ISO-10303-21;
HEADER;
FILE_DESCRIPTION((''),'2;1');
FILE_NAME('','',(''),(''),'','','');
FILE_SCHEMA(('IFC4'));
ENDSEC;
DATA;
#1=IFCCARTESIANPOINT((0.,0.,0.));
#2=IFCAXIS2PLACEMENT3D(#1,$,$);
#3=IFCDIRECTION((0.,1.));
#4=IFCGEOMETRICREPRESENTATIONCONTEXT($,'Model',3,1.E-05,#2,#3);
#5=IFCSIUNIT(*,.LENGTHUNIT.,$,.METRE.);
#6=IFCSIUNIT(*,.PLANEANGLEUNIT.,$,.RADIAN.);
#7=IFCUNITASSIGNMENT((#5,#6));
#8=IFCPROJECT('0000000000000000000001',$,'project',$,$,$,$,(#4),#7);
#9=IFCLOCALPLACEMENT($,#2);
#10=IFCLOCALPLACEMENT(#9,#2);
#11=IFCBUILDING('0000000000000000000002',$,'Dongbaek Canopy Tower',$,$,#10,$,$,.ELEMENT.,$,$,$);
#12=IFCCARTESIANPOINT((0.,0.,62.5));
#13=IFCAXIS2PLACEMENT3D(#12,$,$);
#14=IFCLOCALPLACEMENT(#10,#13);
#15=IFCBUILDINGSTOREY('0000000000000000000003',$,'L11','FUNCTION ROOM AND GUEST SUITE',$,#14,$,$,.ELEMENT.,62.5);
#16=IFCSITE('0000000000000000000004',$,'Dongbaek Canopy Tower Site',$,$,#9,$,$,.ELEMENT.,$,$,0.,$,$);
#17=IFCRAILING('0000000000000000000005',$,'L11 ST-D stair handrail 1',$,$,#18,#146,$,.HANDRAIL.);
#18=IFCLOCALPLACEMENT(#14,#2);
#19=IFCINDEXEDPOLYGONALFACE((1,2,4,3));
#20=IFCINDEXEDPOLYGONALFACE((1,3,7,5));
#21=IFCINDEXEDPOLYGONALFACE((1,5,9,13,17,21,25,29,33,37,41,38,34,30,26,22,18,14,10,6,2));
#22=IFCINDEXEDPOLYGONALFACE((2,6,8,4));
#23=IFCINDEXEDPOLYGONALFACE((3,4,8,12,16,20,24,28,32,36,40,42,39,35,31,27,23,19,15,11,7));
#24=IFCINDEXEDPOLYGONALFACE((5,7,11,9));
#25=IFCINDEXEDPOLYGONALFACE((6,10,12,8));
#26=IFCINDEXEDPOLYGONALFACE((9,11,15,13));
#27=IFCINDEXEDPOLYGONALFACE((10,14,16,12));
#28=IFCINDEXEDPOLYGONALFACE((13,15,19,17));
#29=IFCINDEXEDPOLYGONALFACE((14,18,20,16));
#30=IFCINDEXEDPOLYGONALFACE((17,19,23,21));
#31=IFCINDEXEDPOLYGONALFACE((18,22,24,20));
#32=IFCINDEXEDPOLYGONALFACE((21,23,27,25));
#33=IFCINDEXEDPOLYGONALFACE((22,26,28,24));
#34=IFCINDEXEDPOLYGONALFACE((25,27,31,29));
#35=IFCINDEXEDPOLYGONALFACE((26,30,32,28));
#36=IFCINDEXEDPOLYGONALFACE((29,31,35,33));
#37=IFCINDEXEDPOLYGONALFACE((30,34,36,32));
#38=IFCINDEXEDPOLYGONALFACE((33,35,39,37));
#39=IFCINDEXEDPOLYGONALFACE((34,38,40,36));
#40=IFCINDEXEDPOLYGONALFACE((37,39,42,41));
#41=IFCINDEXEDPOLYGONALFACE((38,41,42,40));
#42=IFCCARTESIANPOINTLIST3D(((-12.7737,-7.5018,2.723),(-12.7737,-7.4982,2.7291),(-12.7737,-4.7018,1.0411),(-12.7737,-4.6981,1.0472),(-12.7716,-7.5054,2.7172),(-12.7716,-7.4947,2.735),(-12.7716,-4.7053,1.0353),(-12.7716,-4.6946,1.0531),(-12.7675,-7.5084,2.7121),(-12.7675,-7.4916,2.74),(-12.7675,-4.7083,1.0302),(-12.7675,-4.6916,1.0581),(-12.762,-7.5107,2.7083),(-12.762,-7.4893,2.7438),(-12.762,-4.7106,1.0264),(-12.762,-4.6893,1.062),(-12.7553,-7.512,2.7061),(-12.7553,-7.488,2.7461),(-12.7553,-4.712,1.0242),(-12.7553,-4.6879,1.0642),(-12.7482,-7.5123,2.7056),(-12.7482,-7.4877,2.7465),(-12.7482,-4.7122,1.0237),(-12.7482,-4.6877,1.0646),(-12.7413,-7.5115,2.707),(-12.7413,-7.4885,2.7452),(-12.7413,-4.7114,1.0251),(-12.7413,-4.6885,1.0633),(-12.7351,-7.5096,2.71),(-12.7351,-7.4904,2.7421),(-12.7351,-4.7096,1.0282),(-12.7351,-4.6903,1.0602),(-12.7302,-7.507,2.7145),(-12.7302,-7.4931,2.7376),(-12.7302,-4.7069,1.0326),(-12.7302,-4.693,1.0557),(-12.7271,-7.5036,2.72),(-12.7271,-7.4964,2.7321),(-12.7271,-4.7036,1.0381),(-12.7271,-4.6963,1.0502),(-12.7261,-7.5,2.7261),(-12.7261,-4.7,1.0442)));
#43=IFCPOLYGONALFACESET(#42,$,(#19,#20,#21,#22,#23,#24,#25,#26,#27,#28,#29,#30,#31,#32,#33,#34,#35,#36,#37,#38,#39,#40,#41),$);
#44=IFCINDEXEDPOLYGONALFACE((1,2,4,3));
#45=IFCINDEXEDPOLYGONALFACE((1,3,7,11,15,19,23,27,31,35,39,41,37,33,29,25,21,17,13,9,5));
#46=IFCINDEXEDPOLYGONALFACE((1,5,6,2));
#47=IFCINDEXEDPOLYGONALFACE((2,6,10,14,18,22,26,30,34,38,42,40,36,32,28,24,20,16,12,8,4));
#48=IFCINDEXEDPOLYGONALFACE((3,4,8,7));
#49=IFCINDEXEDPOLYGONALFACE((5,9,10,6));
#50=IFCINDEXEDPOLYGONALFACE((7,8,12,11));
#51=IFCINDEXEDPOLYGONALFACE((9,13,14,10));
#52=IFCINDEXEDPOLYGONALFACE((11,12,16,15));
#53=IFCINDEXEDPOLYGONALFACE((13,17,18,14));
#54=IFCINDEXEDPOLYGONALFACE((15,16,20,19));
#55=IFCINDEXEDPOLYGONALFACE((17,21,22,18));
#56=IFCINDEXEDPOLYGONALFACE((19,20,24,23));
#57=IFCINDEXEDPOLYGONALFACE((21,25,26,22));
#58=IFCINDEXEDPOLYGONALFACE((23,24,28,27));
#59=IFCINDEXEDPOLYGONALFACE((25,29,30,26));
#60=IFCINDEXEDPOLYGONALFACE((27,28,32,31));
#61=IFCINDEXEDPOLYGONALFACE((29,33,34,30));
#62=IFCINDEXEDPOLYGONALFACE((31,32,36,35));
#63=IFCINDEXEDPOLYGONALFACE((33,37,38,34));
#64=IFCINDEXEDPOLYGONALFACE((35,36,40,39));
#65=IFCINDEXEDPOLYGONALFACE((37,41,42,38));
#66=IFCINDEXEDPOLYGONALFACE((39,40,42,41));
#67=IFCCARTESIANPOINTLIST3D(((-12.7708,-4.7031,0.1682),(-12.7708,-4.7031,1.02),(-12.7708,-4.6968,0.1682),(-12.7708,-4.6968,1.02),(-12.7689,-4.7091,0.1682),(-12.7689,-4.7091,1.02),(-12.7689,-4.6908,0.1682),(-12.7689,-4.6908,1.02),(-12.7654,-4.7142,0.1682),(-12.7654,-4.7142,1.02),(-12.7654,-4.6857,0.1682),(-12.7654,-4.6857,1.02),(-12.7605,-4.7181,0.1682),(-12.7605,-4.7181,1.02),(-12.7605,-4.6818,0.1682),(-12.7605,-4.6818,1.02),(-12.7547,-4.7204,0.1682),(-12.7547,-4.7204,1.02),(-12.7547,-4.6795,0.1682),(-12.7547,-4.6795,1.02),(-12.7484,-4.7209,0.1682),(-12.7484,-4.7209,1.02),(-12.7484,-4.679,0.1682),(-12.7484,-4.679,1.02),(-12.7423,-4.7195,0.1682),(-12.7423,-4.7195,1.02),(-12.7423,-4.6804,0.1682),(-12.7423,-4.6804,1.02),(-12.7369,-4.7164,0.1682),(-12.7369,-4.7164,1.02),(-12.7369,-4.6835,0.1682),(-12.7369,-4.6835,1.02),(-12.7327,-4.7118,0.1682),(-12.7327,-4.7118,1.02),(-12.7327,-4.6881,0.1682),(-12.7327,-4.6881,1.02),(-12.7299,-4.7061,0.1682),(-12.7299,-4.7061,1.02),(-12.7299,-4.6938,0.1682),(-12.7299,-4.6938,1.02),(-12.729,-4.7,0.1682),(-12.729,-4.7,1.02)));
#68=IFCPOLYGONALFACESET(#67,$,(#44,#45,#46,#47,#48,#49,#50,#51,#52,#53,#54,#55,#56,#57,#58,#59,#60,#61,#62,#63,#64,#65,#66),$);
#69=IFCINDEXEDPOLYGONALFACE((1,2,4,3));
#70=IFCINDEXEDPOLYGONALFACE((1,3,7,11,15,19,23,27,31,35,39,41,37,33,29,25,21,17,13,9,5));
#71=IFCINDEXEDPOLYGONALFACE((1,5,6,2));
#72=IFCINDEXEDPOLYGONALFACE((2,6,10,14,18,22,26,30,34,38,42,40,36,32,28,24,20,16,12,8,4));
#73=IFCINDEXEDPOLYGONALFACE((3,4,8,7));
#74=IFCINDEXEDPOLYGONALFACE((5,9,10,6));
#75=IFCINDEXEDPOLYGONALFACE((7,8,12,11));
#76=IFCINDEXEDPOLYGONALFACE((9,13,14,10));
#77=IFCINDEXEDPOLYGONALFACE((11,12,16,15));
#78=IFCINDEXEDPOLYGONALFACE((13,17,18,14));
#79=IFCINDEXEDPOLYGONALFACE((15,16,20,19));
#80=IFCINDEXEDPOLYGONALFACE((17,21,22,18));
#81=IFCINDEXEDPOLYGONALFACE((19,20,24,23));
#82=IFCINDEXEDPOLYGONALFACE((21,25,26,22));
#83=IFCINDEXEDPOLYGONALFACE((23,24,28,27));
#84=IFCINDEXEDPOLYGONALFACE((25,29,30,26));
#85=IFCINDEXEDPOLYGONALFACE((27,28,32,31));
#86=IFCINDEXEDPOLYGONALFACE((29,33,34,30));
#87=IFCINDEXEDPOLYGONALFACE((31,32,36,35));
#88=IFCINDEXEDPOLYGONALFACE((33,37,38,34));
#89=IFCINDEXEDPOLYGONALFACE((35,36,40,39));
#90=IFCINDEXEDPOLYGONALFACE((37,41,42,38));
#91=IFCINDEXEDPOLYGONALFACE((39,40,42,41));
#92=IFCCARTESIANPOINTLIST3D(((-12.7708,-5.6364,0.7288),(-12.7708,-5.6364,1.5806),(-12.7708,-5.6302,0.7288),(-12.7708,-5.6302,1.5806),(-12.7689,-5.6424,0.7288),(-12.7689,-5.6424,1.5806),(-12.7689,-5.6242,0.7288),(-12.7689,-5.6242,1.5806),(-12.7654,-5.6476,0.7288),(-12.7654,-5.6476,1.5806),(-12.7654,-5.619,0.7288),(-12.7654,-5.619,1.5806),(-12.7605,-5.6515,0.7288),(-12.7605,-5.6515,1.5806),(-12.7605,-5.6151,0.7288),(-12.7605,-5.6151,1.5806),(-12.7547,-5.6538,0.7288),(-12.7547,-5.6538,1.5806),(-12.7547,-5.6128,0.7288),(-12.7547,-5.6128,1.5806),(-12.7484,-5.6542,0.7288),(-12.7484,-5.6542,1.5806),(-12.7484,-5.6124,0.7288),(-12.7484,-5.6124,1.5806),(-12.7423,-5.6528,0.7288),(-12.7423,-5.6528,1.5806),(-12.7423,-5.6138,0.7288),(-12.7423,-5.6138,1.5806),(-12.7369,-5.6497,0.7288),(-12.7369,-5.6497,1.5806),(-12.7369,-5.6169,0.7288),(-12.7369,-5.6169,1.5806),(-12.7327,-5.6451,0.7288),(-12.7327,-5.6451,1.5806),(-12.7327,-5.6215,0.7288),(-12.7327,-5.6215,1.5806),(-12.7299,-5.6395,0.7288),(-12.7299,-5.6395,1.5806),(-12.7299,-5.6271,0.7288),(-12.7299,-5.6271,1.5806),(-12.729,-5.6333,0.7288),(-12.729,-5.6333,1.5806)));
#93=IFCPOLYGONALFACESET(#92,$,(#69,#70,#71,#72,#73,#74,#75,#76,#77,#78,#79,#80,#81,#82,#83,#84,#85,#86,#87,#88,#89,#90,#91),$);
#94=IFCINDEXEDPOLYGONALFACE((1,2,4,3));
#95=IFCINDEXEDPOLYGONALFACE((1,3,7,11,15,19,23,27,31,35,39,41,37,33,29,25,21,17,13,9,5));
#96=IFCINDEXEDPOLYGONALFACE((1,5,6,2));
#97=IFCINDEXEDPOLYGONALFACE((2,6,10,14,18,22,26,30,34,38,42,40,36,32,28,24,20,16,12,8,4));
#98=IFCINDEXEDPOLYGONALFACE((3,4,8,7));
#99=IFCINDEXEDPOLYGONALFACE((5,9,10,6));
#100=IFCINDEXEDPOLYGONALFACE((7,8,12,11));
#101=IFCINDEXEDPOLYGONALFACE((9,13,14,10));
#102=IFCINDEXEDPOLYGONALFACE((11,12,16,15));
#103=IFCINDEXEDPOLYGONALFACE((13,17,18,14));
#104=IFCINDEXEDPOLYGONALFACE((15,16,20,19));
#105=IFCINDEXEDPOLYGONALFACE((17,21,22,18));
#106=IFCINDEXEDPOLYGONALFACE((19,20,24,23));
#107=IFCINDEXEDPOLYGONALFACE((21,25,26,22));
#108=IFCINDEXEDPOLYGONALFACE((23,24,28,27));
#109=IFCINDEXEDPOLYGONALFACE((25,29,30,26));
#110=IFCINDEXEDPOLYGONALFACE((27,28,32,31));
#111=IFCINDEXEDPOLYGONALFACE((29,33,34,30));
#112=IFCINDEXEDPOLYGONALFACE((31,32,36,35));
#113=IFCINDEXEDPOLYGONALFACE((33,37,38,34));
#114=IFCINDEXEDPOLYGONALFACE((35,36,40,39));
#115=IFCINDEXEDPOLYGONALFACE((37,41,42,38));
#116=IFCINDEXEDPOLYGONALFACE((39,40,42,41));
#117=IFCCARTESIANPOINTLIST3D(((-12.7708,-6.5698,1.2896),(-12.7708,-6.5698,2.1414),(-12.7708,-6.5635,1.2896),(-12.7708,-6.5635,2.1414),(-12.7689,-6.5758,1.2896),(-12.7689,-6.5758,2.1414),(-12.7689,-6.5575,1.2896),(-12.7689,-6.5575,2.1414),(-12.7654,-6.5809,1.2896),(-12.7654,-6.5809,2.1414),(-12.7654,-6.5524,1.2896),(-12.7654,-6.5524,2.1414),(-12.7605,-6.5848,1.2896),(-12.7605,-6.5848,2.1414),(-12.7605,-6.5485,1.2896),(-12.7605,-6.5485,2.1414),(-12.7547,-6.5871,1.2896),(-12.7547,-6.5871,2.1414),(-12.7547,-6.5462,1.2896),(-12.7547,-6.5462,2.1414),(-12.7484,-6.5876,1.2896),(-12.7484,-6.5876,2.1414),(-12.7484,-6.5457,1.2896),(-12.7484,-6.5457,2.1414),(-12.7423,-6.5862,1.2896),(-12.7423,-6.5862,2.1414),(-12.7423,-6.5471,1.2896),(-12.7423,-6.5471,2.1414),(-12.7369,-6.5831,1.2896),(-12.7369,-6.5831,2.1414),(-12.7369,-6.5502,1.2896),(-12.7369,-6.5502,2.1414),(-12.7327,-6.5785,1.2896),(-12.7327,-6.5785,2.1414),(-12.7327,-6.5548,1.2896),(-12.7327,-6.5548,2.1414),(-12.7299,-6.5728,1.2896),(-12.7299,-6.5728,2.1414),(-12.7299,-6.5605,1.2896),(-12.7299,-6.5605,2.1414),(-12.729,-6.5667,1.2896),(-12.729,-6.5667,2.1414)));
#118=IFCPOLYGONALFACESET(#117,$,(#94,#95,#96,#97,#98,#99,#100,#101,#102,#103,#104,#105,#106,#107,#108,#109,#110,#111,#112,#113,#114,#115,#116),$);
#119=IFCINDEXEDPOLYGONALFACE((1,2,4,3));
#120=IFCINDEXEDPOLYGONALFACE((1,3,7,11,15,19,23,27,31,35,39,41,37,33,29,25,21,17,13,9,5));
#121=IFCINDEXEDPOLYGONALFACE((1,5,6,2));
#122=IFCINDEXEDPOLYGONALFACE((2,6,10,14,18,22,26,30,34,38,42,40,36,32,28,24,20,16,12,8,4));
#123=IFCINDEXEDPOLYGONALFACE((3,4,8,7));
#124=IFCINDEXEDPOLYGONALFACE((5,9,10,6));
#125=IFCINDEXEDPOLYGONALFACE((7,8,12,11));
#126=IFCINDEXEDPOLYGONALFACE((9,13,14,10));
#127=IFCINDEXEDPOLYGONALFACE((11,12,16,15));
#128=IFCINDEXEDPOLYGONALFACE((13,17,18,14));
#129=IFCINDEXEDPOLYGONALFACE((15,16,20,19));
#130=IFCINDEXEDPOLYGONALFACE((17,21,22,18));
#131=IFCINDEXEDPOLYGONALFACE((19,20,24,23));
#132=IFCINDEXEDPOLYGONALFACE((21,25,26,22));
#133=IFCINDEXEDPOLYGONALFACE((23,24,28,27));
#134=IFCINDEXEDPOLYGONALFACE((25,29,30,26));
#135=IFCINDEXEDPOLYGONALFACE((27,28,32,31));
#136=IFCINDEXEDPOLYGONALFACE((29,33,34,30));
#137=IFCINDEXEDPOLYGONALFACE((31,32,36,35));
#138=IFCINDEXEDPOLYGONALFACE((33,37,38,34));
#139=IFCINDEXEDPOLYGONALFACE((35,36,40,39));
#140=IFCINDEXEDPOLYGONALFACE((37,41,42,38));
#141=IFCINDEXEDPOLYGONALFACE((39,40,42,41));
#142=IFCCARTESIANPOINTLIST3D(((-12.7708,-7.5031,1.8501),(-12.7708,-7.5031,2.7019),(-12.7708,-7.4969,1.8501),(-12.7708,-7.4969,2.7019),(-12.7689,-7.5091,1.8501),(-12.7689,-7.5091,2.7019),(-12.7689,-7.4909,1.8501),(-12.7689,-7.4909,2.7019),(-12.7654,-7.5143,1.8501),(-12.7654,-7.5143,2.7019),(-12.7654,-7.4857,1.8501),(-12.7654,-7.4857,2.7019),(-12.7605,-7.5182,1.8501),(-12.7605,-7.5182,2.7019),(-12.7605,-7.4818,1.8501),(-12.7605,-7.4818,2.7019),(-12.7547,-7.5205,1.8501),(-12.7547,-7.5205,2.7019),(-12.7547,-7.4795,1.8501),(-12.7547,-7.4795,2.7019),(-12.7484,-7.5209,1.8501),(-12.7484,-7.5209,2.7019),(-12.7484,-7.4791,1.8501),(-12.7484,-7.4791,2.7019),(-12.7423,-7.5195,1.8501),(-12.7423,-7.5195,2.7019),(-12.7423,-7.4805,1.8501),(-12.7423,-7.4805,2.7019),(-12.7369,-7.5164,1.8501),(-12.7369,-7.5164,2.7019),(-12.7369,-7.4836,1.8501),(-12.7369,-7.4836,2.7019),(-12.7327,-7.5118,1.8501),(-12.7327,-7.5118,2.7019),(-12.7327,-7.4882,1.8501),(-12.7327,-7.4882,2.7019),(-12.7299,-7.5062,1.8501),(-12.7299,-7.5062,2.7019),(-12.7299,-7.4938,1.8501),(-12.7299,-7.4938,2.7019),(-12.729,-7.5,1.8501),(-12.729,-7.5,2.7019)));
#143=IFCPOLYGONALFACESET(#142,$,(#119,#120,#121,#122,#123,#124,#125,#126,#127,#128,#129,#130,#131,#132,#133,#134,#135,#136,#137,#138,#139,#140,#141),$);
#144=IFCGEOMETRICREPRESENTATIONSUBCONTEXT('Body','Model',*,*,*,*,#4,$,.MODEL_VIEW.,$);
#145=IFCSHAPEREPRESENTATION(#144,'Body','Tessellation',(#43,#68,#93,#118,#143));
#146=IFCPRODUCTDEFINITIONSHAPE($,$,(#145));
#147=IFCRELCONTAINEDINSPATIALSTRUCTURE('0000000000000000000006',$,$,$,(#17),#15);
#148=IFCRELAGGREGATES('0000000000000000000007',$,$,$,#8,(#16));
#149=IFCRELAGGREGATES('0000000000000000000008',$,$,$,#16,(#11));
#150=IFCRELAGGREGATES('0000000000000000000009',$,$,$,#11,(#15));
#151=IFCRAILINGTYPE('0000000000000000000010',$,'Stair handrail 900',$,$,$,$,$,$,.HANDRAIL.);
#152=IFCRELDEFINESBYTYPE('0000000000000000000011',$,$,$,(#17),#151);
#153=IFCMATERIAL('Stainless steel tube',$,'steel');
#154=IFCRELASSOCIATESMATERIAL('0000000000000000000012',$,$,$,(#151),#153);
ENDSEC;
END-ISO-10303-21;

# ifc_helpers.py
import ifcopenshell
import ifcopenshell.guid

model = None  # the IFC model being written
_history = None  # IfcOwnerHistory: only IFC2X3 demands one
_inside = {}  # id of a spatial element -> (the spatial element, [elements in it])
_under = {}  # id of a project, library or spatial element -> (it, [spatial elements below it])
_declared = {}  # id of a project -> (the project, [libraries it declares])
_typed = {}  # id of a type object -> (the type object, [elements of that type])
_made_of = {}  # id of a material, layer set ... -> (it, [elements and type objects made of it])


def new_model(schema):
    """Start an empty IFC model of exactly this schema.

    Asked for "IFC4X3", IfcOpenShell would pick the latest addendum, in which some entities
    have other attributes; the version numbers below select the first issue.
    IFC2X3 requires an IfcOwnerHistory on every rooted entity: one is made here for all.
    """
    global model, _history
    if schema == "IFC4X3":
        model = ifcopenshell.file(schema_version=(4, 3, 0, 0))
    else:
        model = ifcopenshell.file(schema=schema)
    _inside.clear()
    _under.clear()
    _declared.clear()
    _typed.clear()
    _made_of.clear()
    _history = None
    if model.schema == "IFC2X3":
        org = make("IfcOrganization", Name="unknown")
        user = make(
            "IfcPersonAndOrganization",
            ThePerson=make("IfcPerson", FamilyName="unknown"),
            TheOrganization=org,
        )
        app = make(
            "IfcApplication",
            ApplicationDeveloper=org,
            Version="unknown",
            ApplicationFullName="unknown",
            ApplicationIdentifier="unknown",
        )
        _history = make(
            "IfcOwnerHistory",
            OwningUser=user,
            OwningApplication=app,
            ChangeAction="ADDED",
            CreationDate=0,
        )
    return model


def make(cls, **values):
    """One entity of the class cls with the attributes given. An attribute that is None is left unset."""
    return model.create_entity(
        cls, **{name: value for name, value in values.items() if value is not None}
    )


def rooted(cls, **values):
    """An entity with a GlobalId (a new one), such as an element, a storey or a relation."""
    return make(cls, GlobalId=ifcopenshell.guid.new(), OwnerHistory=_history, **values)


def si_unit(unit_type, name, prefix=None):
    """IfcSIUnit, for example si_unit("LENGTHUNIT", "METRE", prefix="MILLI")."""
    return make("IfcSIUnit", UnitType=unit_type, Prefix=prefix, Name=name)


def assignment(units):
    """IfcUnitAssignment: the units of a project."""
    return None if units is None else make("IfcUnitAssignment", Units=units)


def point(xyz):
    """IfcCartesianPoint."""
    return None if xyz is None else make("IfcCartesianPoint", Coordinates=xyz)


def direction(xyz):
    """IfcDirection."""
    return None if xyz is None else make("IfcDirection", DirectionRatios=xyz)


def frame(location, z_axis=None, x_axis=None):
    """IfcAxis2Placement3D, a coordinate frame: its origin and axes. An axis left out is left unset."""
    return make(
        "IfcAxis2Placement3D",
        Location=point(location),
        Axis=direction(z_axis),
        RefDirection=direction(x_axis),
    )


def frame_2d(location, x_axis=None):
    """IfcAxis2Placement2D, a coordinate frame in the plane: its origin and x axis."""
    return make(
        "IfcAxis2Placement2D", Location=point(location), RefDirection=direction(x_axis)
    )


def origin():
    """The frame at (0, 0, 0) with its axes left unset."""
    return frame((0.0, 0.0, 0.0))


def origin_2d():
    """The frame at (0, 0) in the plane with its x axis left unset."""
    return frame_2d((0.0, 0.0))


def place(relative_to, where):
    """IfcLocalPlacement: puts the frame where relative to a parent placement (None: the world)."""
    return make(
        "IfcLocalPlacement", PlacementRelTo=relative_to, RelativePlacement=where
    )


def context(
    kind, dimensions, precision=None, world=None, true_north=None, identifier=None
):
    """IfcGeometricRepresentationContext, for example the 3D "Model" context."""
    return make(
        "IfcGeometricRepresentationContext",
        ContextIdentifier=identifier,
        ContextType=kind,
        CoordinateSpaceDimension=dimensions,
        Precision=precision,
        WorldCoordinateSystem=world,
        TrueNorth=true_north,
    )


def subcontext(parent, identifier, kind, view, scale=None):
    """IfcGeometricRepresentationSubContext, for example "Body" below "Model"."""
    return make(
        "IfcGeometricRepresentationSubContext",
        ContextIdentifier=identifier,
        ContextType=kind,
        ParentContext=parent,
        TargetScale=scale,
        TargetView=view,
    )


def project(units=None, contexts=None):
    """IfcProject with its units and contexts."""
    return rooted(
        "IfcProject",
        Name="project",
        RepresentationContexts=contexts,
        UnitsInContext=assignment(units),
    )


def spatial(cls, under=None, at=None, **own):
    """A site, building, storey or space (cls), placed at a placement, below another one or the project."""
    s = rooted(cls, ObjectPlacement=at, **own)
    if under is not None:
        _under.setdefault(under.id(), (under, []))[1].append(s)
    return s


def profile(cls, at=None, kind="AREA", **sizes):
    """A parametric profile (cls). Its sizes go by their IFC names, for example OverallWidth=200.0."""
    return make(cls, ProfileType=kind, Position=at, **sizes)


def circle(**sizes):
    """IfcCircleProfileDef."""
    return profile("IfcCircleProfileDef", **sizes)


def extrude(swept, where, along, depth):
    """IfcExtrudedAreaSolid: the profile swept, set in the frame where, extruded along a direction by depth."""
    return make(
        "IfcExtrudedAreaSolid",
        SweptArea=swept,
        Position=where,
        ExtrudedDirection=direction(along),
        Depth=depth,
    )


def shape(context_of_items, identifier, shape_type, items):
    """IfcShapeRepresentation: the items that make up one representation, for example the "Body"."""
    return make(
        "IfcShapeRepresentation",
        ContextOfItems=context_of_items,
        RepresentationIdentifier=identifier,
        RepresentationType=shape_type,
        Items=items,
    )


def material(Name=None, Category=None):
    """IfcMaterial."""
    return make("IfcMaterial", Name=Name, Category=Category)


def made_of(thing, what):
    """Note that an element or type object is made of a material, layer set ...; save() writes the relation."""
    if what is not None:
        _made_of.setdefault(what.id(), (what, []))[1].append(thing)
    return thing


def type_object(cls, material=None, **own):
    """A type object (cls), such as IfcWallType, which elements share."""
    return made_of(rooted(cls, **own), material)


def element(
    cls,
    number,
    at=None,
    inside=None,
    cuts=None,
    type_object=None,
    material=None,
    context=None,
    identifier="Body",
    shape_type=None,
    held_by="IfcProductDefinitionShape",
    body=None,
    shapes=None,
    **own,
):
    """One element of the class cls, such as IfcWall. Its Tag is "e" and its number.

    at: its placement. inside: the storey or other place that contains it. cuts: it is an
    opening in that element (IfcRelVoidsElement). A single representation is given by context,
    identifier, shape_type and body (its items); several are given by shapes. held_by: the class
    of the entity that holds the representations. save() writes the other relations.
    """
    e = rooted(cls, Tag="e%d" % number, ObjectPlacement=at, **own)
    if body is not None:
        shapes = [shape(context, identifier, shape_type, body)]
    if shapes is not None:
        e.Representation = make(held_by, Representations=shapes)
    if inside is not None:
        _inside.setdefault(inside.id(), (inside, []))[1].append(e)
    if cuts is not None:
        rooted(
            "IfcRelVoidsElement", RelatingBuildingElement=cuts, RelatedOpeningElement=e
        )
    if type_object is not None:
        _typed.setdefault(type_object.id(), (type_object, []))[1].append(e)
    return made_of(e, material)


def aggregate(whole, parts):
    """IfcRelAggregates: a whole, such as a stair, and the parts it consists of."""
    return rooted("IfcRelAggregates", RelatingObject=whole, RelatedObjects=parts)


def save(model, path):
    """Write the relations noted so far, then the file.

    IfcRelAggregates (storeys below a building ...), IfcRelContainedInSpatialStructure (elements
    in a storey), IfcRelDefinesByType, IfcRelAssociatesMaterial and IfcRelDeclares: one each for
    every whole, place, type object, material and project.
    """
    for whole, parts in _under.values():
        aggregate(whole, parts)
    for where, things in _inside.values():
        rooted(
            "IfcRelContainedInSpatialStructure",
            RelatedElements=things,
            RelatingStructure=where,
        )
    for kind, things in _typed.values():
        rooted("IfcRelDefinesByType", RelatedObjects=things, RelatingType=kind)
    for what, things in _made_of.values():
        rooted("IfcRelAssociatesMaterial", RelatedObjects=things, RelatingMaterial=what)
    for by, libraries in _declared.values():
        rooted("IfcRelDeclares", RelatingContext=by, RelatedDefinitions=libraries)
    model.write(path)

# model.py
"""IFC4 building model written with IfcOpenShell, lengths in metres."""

from ifc_helpers import new_model, si_unit, direction, frame, origin, origin_2d, place, context, subcontext, project, spatial, circle, extrude, material, type_object, element, save


model = new_model("IFC4")

# Units and contexts
model_context = context("Model", 3, precision=1e-05, world=origin(), true_north=direction((0.0, 1.0)))
body_context = subcontext(model_context, "Body", "Model", "MODEL_VIEW")
ifc_project = project(units=[si_unit("LENGTHUNIT", "METRE"), si_unit("PLANEANGLEUNIT", "RADIAN")], contexts=[model_context])

# Site, building, storey
site_placement = place(None, origin())
site = spatial("IfcSite", under=ifc_project, at=site_placement, Name="Dongbaek Canopy Tower Site", CompositionType="ELEMENT", RefElevation=0.0)
building_placement = place(site_placement, origin())
building = spatial("IfcBuilding", under=site, at=building_placement, Name="Dongbaek Canopy Tower", CompositionType="ELEMENT")
storey_placement = place(building_placement, frame((0.0, 0.0, 62.5)))
storey = spatial("IfcBuildingStorey", under=building, at=storey_placement, Name="L11", Description="FUNCTION ROOM AND GUEST SUITE", CompositionType="ELEMENT", Elevation=62.5)

# Railing
ifc_material_1 = material(Name="Stainless steel tube", Category="steel")
railing_type_1 = type_object("IfcRailingType", Name="Stair handrail 900", PredefinedType="HANDRAIL", material=ifc_material_1)
railing_1_placement = place(storey_placement, frame((-12.75, -4.7, 0.1682)))
element("IfcRailing", 1, at=railing_1_placement, inside=storey, type_object=railing_type_1, Name="L11 ST-D stair handrail 1", PredefinedType="HANDRAIL", context=body_context, shape_type="SweptSolid", body=[
    extrude(circle(Radius=0.0239, at=origin_2d()), frame((0.0, 0.0, 0.876), z_axis=(0.0, -0.857242, 0.514913), x_axis=(1.0, 0.0, 0.0)), (0.0, 0.0, 1.0), 3.2664),
    extrude(circle(Radius=0.021, at=origin_2d()), origin(), (0.0, 0.0, 1.0), 0.8518),
    extrude(circle(Radius=0.021, at=origin_2d()), frame((0.0, -0.9333, 0.5605)), (0.0, 0.0, 1.0), 0.8518),
    extrude(circle(Radius=0.021, at=origin_2d()), frame((0.0, -1.8667, 1.1213)), (0.0, 0.0, 1.0), 0.8518),
    extrude(circle(Radius=0.021, at=origin_2d()), frame((0.0, -2.8, 1.6819)), (0.0, 0.0, 1.0), 0.8518),
])

save(model, "model.ifc")
